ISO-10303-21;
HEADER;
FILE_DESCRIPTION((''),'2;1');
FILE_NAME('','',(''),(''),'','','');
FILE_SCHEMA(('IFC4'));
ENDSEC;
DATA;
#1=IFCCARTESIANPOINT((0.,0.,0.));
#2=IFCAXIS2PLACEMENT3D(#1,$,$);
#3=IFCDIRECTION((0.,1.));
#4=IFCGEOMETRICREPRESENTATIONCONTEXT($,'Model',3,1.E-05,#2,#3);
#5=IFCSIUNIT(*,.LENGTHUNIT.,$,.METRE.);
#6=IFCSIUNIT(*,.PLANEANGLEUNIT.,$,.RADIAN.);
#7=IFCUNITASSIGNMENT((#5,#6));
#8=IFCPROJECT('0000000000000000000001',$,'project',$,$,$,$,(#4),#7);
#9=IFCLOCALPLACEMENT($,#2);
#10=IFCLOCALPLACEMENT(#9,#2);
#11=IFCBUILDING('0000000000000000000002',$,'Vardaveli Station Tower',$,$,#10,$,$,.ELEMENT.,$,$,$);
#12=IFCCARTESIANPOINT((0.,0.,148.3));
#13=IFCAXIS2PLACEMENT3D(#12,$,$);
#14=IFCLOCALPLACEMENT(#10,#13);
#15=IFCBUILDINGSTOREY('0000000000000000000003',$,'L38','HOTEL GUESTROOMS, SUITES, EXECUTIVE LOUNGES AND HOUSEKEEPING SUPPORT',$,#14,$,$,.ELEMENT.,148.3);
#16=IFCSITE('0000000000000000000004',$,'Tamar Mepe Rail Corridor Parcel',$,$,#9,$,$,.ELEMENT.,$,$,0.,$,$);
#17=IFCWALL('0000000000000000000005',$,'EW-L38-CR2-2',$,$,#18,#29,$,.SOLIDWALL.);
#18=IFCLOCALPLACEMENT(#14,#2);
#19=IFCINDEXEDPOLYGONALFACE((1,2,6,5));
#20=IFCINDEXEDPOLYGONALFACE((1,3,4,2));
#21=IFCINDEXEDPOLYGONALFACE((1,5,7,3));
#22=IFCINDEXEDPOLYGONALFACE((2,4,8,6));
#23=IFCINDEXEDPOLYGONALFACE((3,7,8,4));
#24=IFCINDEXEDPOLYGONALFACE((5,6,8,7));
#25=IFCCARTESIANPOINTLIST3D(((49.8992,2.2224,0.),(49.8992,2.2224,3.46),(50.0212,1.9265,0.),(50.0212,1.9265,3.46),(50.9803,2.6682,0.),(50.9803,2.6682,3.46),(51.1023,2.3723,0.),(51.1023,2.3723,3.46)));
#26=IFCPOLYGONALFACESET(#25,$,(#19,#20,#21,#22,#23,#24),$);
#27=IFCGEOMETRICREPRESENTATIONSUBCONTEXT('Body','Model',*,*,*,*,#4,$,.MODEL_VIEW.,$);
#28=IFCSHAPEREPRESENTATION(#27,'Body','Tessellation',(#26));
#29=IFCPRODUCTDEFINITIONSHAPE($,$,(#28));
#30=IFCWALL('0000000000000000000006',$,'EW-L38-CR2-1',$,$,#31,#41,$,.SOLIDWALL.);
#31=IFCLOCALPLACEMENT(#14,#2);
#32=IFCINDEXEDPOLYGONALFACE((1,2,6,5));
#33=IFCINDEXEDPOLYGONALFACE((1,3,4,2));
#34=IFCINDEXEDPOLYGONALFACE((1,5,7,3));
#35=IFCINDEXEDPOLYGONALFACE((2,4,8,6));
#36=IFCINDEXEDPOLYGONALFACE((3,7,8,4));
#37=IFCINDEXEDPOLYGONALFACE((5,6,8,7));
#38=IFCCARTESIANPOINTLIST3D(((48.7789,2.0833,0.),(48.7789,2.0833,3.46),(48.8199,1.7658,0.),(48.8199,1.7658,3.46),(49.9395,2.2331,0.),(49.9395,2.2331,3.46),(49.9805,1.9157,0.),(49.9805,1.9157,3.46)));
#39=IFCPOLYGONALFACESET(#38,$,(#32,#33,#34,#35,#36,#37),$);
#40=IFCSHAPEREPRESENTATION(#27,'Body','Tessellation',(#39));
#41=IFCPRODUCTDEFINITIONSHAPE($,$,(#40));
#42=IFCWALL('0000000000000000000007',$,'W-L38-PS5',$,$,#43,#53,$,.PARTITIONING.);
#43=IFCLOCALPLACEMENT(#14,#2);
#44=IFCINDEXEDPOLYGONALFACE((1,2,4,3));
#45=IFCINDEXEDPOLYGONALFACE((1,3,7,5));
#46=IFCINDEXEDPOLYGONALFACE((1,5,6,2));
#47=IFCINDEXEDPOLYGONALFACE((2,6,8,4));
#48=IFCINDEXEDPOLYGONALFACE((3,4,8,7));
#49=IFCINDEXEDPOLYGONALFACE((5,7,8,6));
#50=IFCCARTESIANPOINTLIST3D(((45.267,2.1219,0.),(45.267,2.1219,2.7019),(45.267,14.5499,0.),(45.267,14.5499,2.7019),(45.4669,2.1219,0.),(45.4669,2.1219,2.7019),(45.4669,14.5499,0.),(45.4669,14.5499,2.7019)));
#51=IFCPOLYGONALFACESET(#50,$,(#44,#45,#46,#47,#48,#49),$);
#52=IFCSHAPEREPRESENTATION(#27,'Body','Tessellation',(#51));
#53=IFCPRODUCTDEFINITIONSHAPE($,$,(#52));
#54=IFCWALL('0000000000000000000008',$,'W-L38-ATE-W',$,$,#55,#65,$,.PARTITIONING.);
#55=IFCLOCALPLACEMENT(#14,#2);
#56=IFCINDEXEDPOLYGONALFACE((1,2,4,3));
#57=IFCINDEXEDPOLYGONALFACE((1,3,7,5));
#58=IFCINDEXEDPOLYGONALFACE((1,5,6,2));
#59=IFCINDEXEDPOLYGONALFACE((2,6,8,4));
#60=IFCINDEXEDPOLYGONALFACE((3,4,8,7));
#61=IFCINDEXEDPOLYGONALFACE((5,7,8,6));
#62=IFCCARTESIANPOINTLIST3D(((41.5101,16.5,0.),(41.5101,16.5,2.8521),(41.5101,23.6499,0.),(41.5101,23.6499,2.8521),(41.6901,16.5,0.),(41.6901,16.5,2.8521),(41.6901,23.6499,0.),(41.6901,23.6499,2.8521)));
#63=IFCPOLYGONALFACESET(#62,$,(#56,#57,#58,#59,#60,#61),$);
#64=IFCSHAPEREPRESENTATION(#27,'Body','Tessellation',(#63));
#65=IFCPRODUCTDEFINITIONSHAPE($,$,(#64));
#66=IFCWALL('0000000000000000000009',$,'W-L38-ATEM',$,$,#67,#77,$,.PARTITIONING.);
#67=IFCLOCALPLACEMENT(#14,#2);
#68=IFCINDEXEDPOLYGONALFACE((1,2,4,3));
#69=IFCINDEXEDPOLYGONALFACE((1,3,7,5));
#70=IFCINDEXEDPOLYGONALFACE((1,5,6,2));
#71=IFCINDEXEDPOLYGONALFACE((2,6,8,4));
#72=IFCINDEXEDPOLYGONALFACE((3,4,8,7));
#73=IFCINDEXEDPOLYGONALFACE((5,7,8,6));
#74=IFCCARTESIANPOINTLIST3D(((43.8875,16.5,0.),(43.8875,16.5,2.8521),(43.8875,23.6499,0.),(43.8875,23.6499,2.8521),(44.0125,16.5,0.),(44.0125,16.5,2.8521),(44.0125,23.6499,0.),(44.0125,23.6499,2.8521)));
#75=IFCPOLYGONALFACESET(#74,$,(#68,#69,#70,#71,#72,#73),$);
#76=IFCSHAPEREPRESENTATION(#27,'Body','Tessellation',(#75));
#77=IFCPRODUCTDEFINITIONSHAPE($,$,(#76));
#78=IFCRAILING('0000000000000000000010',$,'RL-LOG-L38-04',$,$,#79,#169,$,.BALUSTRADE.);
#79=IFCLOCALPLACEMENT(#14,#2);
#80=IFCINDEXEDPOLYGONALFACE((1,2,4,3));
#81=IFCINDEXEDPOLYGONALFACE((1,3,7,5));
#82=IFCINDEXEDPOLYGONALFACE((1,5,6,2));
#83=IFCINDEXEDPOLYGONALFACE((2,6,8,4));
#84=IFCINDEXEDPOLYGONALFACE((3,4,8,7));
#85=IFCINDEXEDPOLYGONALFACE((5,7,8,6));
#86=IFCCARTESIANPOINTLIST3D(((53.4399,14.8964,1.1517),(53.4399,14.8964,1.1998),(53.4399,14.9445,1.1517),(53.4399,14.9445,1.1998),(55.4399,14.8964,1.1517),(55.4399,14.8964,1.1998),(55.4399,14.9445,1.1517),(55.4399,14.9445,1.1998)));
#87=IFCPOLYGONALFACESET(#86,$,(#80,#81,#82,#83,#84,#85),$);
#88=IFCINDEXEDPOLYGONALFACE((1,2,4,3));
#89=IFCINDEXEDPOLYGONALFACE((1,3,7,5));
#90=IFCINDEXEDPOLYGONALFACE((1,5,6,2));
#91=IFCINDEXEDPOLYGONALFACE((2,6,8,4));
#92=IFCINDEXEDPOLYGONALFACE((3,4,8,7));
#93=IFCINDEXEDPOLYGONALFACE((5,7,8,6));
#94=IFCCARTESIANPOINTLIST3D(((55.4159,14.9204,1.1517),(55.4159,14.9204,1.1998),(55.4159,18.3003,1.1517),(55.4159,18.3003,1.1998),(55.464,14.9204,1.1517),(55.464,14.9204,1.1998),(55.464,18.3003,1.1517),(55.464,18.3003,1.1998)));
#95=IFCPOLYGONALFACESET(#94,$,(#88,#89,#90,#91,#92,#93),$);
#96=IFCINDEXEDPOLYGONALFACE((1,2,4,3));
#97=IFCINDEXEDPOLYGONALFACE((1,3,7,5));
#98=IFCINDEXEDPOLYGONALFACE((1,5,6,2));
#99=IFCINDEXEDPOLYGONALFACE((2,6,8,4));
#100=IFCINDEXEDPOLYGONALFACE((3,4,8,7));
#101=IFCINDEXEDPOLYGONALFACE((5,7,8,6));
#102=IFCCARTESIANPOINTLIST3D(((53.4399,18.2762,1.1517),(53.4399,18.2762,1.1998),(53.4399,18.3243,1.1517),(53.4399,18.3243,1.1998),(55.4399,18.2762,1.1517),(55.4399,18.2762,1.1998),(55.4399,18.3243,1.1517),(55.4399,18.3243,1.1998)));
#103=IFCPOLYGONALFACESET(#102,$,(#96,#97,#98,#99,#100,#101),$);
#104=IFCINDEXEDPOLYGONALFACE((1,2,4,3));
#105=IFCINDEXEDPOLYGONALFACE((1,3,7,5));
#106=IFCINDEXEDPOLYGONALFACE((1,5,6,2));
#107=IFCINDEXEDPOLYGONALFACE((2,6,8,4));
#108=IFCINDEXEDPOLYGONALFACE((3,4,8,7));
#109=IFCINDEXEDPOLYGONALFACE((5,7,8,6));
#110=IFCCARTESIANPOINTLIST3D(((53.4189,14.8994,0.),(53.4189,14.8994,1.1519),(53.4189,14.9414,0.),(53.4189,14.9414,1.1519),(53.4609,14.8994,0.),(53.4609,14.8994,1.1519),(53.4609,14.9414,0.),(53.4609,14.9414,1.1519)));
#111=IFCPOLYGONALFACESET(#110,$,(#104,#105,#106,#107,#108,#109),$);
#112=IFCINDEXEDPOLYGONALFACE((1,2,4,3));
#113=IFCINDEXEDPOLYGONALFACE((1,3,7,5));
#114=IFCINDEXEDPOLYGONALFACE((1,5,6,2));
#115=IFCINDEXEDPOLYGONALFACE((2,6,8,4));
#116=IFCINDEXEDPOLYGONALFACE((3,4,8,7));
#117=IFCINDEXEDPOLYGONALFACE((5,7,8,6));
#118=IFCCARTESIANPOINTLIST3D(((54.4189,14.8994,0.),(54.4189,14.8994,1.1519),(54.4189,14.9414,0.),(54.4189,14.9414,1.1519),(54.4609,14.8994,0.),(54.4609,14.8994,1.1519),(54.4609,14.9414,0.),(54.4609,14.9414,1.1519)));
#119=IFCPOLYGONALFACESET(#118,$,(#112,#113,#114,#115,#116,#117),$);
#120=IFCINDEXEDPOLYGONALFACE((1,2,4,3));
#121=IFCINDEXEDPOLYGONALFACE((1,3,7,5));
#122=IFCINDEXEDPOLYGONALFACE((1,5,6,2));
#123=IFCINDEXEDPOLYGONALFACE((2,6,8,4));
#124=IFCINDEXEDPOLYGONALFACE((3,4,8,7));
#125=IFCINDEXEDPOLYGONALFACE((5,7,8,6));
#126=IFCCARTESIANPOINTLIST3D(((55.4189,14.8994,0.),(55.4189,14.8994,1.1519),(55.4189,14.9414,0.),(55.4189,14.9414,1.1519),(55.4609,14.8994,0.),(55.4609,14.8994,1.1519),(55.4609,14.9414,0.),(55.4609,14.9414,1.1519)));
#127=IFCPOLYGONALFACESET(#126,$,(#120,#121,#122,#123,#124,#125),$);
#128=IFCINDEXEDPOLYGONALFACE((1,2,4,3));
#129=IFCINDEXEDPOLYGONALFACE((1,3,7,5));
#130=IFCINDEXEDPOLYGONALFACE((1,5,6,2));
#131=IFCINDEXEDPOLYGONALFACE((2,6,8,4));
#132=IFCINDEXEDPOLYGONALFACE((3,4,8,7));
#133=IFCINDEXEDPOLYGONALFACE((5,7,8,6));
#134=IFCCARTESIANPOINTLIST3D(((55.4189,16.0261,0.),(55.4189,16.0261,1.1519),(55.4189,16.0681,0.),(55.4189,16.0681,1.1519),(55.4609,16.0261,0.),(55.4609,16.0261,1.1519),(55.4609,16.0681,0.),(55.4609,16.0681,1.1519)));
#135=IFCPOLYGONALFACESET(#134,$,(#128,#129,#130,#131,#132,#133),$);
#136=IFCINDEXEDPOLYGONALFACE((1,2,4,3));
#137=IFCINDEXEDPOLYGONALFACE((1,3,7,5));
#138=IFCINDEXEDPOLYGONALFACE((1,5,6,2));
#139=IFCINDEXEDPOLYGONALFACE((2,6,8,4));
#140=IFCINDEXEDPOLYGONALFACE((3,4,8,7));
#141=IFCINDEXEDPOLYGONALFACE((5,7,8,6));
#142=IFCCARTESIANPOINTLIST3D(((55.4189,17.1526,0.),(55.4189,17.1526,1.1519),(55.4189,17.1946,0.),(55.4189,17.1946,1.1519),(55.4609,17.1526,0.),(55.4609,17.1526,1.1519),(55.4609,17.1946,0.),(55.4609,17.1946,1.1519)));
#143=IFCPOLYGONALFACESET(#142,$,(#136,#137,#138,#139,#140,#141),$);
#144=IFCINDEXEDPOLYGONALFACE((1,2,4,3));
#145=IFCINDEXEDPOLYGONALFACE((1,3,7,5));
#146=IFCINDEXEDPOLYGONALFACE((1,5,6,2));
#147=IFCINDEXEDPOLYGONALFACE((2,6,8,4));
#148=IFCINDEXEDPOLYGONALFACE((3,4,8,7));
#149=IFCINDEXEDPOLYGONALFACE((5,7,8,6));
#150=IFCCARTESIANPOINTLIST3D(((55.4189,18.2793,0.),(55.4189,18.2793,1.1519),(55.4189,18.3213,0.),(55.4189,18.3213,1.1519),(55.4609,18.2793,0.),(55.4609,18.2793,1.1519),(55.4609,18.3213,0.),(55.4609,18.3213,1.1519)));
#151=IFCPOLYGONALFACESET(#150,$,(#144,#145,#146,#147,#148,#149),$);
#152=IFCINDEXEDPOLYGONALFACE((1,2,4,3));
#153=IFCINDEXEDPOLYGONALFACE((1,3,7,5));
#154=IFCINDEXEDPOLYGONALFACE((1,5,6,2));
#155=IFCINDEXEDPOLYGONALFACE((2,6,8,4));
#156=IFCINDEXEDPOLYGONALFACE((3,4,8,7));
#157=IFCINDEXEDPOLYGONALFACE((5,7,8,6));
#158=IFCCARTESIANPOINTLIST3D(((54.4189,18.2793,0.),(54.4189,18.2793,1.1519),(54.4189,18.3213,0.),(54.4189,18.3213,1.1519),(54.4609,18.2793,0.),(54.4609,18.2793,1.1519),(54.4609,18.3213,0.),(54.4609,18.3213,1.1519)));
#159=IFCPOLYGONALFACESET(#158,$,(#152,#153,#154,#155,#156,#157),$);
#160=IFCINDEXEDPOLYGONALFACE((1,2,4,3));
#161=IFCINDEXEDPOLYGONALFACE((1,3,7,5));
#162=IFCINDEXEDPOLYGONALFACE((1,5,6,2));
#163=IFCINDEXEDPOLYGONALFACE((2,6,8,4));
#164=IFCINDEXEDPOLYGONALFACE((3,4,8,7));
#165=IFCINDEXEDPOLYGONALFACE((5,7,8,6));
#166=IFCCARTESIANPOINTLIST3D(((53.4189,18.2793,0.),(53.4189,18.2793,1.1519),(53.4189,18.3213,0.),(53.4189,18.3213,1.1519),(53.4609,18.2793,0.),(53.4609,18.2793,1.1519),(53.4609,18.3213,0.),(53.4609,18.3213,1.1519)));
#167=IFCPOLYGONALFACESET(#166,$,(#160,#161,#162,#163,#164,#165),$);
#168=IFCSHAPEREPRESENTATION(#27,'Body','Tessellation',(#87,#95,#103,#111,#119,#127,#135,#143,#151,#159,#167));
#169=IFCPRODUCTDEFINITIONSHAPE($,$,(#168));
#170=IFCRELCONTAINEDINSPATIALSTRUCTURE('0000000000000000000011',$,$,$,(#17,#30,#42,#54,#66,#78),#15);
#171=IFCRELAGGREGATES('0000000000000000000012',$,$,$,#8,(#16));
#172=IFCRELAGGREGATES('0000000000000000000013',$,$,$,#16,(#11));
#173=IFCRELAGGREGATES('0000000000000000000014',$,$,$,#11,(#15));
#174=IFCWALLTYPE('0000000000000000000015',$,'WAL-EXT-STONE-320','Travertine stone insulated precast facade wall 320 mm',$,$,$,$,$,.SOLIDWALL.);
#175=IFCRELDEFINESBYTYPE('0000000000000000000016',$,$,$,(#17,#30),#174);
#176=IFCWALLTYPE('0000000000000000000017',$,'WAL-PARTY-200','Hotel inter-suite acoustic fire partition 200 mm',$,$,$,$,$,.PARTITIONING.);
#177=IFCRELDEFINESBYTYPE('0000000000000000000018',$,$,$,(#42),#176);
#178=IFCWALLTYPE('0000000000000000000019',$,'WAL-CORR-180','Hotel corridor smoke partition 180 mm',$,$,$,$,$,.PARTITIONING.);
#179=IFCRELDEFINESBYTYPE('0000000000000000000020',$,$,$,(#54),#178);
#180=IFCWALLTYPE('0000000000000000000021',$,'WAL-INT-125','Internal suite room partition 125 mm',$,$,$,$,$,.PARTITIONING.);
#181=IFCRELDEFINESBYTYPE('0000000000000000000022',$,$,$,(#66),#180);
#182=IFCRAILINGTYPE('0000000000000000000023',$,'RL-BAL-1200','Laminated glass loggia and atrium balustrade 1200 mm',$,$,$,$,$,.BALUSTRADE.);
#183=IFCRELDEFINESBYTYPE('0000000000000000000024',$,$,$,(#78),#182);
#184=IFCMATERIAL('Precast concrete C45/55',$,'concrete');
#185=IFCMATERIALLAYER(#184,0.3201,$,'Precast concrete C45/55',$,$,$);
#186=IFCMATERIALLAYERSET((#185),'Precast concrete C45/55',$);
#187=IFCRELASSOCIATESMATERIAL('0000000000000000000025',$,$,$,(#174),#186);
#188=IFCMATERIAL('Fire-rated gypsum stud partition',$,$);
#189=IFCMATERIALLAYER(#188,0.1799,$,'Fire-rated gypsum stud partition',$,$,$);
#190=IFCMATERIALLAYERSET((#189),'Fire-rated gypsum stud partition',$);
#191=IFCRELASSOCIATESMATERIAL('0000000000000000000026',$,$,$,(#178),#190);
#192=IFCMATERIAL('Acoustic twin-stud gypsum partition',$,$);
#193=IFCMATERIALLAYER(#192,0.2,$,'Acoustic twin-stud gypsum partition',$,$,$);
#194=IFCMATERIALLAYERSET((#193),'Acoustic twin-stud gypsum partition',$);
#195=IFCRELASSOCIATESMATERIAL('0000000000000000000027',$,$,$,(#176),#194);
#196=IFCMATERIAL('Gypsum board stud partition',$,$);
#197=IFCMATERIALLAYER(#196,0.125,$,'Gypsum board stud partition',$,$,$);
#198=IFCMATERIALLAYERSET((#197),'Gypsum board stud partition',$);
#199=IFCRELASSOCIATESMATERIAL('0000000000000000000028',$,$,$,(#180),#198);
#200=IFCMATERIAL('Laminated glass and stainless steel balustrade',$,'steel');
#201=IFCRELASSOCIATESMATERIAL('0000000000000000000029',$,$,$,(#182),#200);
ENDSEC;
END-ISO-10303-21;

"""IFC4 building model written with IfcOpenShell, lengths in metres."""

from ifc_helpers import new_model, si_unit, direction, frame, frame_2d, origin, origin_2d, place, context, subcontext, project, spatial, rectangle, extrude, source, transform, mapped, material, layer, layer_set, type_object, element, save


model = new_model("IFC4")

# Units and contexts
model_context = context("Model", 3, precision=1e-05, world=origin(), true_north=direction((0.0, 1.0)))
body_context = subcontext(model_context, "Body", "Model", "MODEL_VIEW")
ifc_project = project(units=[si_unit("LENGTHUNIT", "METRE"), si_unit("PLANEANGLEUNIT", "RADIAN")], contexts=[model_context])

# Site, building, storey
site_placement = place(None, origin())
site = spatial("IfcSite", under=ifc_project, at=site_placement, Name="Tamar Mepe Rail Corridor Parcel", CompositionType="ELEMENT", RefElevation=0.0)
building_placement = place(site_placement, origin())
building = spatial("IfcBuilding", under=site, at=building_placement, Name="Vardaveli Station Tower", CompositionType="ELEMENT")
storey_placement = place(building_placement, frame((0.0, 0.0, 148.3)))
storey = spatial("IfcBuildingStorey", under=building, at=storey_placement, Name="L38", Description="HOTEL GUESTROOMS, SUITES, EXECUTIVE LOUNGES AND HOUSEKEEPING SUPPORT", CompositionType="ELEMENT", Elevation=148.3)

# Shared definitions
ifc_material_1 = material(Name="Precast concrete C45/55", Category="concrete")

# Shared definitions
ifc_layer_1 = layer(ifc_material_1, 0.3201, Name="Precast concrete C45/55")
ifc_layer_set_1 = layer_set([ifc_layer_1], Name="Precast concrete C45/55")
wall_type_1 = type_object("IfcWallType", Name="WAL-EXT-STONE-320", Description="Travertine stone insulated precast facade wall 320 mm", PredefinedType="SOLIDWALL", material=ifc_layer_set_1)

# Walls
shared_shape_1 = source(origin(), body_context, "Body", "SweptSolid", [
    extrude(rectangle(XDim=1.1694, YDim=0.3201, at=frame_2d((0.5847, 0.0))), origin(), (0.0, 0.0, 1.0), 3.46),
])
wall_1_placement = place(storey_placement, frame((49.9602, 2.0745, 0.0), z_axis=(0.0, 0.0, 1.0), x_axis=(0.924479, 0.381233, 0.0)))
element("IfcWall", 1, at=wall_1_placement, inside=storey, type_object=wall_type_1, Name="EW-L38-CR2-2", PredefinedType="SOLIDWALL", context=body_context, shape_type="MappedRepresentation", body=[
    mapped(shared_shape_1, transform((0.0, 0.0, 0.0), scale=1.0)),
])
shared_shape_2 = source(origin(), body_context, "Body", "SweptSolid", [
    extrude(rectangle(XDim=1.1702, YDim=0.3201, at=frame_2d((0.585, 0.0))), origin(), (0.0, 0.0, 1.0), 3.46),
])
wall_2_placement = place(storey_placement, frame((48.7996, 1.9246, 0.0), z_axis=(0.0, 0.0, 1.0), x_axis=(0.991762, 0.12809, 0.0)))
element("IfcWall", 2, at=wall_2_placement, inside=storey, type_object=wall_type_1, Name="EW-L38-CR2-1", PredefinedType="SOLIDWALL", context=body_context, shape_type="MappedRepresentation", body=[
    mapped(shared_shape_2, transform((0.0, 0.0, 0.0), scale=1.0)),
])

# Shared definitions
ifc_material_2 = material(Name="Fire-rated gypsum stud partition")
ifc_layer_2 = layer(ifc_material_2, 0.1799, Name="Fire-rated gypsum stud partition")
ifc_layer_set_2 = layer_set([ifc_layer_2], Name="Fire-rated gypsum stud partition")
wall_type_2 = type_object("IfcWallType", Name="WAL-CORR-180", Description="Hotel corridor smoke partition 180 mm", PredefinedType="PARTITIONING", material=ifc_layer_set_2)

# Walls
ifc_material_3 = material(Name="Acoustic twin-stud gypsum partition")
ifc_layer_3 = layer(ifc_material_3, 0.2, Name="Acoustic twin-stud gypsum partition")
ifc_layer_set_3 = layer_set([ifc_layer_3], Name="Acoustic twin-stud gypsum partition")
wall_type_3 = type_object("IfcWallType", Name="WAL-PARTY-200", Description="Hotel inter-suite acoustic fire partition 200 mm", PredefinedType="PARTITIONING", material=ifc_layer_set_3)
shared_shape_3 = source(origin(), body_context, "Body", "SweptSolid", [
    extrude(rectangle(XDim=12.428, YDim=0.2, at=frame_2d((6.2139, 0.0))), origin(), (0.0, 0.0, 1.0), 2.7019),
])
wall_3_placement = place(storey_placement, frame((45.3669, 2.1221, 0.0), z_axis=(0.0, 0.0, 1.0), x_axis=(0.0, 1.0, 0.0)))
element("IfcWall", 3, at=wall_3_placement, inside=storey, type_object=wall_type_3, Name="W-L38-PS5", PredefinedType="PARTITIONING", context=body_context, shape_type="MappedRepresentation", body=[
    mapped(shared_shape_3, transform((0.0, 0.0, 0.0), scale=1.0)),
])
shared_shape_4 = source(origin(), body_context, "Body", "SweptSolid", [
    extrude(rectangle(XDim=7.1499, YDim=0.1799, at=frame_2d((3.575, 0.0))), origin(), (0.0, 0.0, 1.0), 2.8521),
])
wall_4_placement = place(storey_placement, frame((41.6001, 16.5, 0.0), z_axis=(0.0, 0.0, 1.0), x_axis=(0.0, 1.0, 0.0)))
element("IfcWall", 4, at=wall_4_placement, inside=storey, type_object=wall_type_2, Name="W-L38-ATE-W", PredefinedType="PARTITIONING", context=body_context, shape_type="MappedRepresentation", body=[
    mapped(shared_shape_4, transform((0.0, 0.0, 0.0), scale=1.0)),
])
ifc_material_4 = material(Name="Gypsum board stud partition")
ifc_layer_4 = layer(ifc_material_4, 0.125, Name="Gypsum board stud partition")
ifc_layer_set_4 = layer_set([ifc_layer_4], Name="Gypsum board stud partition")
wall_type_4 = type_object("IfcWallType", Name="WAL-INT-125", Description="Internal suite room partition 125 mm", PredefinedType="PARTITIONING", material=ifc_layer_set_4)
shared_shape_5 = source(origin(), body_context, "Body", "SweptSolid", [
    extrude(rectangle(XDim=7.1499, YDim=0.125, at=frame_2d((3.575, 0.0))), origin(), (0.0, 0.0, 1.0), 2.8521),
])
wall_5_placement = place(storey_placement, frame((43.95, 16.5, 0.0), z_axis=(0.0, 0.0, 1.0), x_axis=(0.0, 1.0, 0.0)))
element("IfcWall", 5, at=wall_5_placement, inside=storey, type_object=wall_type_4, Name="W-L38-ATEM", PredefinedType="PARTITIONING", context=body_context, shape_type="MappedRepresentation", body=[
    mapped(shared_shape_5, transform((0.0, 0.0, 0.0), scale=1.0)),
])

# Railing
ifc_material_5 = material(Name="Laminated glass and stainless steel balustrade", Category="steel")
railing_type = type_object("IfcRailingType", Name="RL-BAL-1200", Description="Laminated glass loggia and atrium balustrade 1200 mm", PredefinedType="BALUSTRADE", material=ifc_material_5)
shared_shape_6 = source(origin(), body_context, "Body", "SweptSolid", [
    extrude(rectangle(XDim=0.0481, YDim=0.0481, at=origin_2d()), frame((0.0, 0.0, 1.1758), z_axis=(1.0, 0.0, 0.0), x_axis=(0.0, 1.0, 0.0)), (0.0, 0.0, 1.0), 2.0),
    extrude(rectangle(XDim=0.0481, YDim=0.0481, at=origin_2d()), frame((2.0, 0.0, 1.1758), z_axis=(0.0, 1.0, 0.0), x_axis=(-1.0, 0.0, 0.0)), (0.0, 0.0, 1.0), 3.3799),
    extrude(rectangle(XDim=0.0481, YDim=0.0481, at=origin_2d()), frame((2.0, 3.3799, 1.1758), z_axis=(-1.0, 0.0, 0.0), x_axis=(0.0, -1.0, 0.0)), (0.0, 0.0, 1.0), 2.0),
    extrude(rectangle(XDim=0.042, YDim=0.042, at=origin_2d()), origin(), (0.0, 0.0, 1.0), 1.1519),
    extrude(rectangle(XDim=0.042, YDim=0.042, at=origin_2d()), frame((1.0, 0.0, 0.0)), (0.0, 0.0, 1.0), 1.1519),
    extrude(rectangle(XDim=0.042, YDim=0.042, at=origin_2d()), frame((2.0, 0.0, 0.0)), (0.0, 0.0, 1.0), 1.1519),
    extrude(rectangle(XDim=0.042, YDim=0.042, at=origin_2d()), frame((2.0, 1.1267, 0.0)), (0.0, 0.0, 1.0), 1.1519),
    extrude(rectangle(XDim=0.042, YDim=0.042, at=origin_2d()), frame((2.0, 2.2532, 0.0)), (0.0, 0.0, 1.0), 1.1519),
    extrude(rectangle(XDim=0.042, YDim=0.042, at=origin_2d()), frame((2.0, 3.3799, 0.0)), (0.0, 0.0, 1.0), 1.1519),
    extrude(rectangle(XDim=0.042, YDim=0.042, at=origin_2d()), frame((1.0, 3.3799, 0.0)), (0.0, 0.0, 1.0), 1.1519),
    extrude(rectangle(XDim=0.042, YDim=0.042, at=origin_2d()), frame((0.0, 3.3799, 0.0)), (0.0, 0.0, 1.0), 1.1519),
])
railing_placement = place(storey_placement, frame((53.4399, 14.9204, 0.0)))
element("IfcRailing", 6, at=railing_placement, inside=storey, type_object=railing_type, Name="RL-LOG-L38-04", PredefinedType="BALUSTRADE", context=body_context, shape_type="MappedRepresentation", body=[
    mapped(shared_shape_6, transform((0.0, 0.0, 0.0), scale=1.0)),
])

save(model, "model.ifc")
